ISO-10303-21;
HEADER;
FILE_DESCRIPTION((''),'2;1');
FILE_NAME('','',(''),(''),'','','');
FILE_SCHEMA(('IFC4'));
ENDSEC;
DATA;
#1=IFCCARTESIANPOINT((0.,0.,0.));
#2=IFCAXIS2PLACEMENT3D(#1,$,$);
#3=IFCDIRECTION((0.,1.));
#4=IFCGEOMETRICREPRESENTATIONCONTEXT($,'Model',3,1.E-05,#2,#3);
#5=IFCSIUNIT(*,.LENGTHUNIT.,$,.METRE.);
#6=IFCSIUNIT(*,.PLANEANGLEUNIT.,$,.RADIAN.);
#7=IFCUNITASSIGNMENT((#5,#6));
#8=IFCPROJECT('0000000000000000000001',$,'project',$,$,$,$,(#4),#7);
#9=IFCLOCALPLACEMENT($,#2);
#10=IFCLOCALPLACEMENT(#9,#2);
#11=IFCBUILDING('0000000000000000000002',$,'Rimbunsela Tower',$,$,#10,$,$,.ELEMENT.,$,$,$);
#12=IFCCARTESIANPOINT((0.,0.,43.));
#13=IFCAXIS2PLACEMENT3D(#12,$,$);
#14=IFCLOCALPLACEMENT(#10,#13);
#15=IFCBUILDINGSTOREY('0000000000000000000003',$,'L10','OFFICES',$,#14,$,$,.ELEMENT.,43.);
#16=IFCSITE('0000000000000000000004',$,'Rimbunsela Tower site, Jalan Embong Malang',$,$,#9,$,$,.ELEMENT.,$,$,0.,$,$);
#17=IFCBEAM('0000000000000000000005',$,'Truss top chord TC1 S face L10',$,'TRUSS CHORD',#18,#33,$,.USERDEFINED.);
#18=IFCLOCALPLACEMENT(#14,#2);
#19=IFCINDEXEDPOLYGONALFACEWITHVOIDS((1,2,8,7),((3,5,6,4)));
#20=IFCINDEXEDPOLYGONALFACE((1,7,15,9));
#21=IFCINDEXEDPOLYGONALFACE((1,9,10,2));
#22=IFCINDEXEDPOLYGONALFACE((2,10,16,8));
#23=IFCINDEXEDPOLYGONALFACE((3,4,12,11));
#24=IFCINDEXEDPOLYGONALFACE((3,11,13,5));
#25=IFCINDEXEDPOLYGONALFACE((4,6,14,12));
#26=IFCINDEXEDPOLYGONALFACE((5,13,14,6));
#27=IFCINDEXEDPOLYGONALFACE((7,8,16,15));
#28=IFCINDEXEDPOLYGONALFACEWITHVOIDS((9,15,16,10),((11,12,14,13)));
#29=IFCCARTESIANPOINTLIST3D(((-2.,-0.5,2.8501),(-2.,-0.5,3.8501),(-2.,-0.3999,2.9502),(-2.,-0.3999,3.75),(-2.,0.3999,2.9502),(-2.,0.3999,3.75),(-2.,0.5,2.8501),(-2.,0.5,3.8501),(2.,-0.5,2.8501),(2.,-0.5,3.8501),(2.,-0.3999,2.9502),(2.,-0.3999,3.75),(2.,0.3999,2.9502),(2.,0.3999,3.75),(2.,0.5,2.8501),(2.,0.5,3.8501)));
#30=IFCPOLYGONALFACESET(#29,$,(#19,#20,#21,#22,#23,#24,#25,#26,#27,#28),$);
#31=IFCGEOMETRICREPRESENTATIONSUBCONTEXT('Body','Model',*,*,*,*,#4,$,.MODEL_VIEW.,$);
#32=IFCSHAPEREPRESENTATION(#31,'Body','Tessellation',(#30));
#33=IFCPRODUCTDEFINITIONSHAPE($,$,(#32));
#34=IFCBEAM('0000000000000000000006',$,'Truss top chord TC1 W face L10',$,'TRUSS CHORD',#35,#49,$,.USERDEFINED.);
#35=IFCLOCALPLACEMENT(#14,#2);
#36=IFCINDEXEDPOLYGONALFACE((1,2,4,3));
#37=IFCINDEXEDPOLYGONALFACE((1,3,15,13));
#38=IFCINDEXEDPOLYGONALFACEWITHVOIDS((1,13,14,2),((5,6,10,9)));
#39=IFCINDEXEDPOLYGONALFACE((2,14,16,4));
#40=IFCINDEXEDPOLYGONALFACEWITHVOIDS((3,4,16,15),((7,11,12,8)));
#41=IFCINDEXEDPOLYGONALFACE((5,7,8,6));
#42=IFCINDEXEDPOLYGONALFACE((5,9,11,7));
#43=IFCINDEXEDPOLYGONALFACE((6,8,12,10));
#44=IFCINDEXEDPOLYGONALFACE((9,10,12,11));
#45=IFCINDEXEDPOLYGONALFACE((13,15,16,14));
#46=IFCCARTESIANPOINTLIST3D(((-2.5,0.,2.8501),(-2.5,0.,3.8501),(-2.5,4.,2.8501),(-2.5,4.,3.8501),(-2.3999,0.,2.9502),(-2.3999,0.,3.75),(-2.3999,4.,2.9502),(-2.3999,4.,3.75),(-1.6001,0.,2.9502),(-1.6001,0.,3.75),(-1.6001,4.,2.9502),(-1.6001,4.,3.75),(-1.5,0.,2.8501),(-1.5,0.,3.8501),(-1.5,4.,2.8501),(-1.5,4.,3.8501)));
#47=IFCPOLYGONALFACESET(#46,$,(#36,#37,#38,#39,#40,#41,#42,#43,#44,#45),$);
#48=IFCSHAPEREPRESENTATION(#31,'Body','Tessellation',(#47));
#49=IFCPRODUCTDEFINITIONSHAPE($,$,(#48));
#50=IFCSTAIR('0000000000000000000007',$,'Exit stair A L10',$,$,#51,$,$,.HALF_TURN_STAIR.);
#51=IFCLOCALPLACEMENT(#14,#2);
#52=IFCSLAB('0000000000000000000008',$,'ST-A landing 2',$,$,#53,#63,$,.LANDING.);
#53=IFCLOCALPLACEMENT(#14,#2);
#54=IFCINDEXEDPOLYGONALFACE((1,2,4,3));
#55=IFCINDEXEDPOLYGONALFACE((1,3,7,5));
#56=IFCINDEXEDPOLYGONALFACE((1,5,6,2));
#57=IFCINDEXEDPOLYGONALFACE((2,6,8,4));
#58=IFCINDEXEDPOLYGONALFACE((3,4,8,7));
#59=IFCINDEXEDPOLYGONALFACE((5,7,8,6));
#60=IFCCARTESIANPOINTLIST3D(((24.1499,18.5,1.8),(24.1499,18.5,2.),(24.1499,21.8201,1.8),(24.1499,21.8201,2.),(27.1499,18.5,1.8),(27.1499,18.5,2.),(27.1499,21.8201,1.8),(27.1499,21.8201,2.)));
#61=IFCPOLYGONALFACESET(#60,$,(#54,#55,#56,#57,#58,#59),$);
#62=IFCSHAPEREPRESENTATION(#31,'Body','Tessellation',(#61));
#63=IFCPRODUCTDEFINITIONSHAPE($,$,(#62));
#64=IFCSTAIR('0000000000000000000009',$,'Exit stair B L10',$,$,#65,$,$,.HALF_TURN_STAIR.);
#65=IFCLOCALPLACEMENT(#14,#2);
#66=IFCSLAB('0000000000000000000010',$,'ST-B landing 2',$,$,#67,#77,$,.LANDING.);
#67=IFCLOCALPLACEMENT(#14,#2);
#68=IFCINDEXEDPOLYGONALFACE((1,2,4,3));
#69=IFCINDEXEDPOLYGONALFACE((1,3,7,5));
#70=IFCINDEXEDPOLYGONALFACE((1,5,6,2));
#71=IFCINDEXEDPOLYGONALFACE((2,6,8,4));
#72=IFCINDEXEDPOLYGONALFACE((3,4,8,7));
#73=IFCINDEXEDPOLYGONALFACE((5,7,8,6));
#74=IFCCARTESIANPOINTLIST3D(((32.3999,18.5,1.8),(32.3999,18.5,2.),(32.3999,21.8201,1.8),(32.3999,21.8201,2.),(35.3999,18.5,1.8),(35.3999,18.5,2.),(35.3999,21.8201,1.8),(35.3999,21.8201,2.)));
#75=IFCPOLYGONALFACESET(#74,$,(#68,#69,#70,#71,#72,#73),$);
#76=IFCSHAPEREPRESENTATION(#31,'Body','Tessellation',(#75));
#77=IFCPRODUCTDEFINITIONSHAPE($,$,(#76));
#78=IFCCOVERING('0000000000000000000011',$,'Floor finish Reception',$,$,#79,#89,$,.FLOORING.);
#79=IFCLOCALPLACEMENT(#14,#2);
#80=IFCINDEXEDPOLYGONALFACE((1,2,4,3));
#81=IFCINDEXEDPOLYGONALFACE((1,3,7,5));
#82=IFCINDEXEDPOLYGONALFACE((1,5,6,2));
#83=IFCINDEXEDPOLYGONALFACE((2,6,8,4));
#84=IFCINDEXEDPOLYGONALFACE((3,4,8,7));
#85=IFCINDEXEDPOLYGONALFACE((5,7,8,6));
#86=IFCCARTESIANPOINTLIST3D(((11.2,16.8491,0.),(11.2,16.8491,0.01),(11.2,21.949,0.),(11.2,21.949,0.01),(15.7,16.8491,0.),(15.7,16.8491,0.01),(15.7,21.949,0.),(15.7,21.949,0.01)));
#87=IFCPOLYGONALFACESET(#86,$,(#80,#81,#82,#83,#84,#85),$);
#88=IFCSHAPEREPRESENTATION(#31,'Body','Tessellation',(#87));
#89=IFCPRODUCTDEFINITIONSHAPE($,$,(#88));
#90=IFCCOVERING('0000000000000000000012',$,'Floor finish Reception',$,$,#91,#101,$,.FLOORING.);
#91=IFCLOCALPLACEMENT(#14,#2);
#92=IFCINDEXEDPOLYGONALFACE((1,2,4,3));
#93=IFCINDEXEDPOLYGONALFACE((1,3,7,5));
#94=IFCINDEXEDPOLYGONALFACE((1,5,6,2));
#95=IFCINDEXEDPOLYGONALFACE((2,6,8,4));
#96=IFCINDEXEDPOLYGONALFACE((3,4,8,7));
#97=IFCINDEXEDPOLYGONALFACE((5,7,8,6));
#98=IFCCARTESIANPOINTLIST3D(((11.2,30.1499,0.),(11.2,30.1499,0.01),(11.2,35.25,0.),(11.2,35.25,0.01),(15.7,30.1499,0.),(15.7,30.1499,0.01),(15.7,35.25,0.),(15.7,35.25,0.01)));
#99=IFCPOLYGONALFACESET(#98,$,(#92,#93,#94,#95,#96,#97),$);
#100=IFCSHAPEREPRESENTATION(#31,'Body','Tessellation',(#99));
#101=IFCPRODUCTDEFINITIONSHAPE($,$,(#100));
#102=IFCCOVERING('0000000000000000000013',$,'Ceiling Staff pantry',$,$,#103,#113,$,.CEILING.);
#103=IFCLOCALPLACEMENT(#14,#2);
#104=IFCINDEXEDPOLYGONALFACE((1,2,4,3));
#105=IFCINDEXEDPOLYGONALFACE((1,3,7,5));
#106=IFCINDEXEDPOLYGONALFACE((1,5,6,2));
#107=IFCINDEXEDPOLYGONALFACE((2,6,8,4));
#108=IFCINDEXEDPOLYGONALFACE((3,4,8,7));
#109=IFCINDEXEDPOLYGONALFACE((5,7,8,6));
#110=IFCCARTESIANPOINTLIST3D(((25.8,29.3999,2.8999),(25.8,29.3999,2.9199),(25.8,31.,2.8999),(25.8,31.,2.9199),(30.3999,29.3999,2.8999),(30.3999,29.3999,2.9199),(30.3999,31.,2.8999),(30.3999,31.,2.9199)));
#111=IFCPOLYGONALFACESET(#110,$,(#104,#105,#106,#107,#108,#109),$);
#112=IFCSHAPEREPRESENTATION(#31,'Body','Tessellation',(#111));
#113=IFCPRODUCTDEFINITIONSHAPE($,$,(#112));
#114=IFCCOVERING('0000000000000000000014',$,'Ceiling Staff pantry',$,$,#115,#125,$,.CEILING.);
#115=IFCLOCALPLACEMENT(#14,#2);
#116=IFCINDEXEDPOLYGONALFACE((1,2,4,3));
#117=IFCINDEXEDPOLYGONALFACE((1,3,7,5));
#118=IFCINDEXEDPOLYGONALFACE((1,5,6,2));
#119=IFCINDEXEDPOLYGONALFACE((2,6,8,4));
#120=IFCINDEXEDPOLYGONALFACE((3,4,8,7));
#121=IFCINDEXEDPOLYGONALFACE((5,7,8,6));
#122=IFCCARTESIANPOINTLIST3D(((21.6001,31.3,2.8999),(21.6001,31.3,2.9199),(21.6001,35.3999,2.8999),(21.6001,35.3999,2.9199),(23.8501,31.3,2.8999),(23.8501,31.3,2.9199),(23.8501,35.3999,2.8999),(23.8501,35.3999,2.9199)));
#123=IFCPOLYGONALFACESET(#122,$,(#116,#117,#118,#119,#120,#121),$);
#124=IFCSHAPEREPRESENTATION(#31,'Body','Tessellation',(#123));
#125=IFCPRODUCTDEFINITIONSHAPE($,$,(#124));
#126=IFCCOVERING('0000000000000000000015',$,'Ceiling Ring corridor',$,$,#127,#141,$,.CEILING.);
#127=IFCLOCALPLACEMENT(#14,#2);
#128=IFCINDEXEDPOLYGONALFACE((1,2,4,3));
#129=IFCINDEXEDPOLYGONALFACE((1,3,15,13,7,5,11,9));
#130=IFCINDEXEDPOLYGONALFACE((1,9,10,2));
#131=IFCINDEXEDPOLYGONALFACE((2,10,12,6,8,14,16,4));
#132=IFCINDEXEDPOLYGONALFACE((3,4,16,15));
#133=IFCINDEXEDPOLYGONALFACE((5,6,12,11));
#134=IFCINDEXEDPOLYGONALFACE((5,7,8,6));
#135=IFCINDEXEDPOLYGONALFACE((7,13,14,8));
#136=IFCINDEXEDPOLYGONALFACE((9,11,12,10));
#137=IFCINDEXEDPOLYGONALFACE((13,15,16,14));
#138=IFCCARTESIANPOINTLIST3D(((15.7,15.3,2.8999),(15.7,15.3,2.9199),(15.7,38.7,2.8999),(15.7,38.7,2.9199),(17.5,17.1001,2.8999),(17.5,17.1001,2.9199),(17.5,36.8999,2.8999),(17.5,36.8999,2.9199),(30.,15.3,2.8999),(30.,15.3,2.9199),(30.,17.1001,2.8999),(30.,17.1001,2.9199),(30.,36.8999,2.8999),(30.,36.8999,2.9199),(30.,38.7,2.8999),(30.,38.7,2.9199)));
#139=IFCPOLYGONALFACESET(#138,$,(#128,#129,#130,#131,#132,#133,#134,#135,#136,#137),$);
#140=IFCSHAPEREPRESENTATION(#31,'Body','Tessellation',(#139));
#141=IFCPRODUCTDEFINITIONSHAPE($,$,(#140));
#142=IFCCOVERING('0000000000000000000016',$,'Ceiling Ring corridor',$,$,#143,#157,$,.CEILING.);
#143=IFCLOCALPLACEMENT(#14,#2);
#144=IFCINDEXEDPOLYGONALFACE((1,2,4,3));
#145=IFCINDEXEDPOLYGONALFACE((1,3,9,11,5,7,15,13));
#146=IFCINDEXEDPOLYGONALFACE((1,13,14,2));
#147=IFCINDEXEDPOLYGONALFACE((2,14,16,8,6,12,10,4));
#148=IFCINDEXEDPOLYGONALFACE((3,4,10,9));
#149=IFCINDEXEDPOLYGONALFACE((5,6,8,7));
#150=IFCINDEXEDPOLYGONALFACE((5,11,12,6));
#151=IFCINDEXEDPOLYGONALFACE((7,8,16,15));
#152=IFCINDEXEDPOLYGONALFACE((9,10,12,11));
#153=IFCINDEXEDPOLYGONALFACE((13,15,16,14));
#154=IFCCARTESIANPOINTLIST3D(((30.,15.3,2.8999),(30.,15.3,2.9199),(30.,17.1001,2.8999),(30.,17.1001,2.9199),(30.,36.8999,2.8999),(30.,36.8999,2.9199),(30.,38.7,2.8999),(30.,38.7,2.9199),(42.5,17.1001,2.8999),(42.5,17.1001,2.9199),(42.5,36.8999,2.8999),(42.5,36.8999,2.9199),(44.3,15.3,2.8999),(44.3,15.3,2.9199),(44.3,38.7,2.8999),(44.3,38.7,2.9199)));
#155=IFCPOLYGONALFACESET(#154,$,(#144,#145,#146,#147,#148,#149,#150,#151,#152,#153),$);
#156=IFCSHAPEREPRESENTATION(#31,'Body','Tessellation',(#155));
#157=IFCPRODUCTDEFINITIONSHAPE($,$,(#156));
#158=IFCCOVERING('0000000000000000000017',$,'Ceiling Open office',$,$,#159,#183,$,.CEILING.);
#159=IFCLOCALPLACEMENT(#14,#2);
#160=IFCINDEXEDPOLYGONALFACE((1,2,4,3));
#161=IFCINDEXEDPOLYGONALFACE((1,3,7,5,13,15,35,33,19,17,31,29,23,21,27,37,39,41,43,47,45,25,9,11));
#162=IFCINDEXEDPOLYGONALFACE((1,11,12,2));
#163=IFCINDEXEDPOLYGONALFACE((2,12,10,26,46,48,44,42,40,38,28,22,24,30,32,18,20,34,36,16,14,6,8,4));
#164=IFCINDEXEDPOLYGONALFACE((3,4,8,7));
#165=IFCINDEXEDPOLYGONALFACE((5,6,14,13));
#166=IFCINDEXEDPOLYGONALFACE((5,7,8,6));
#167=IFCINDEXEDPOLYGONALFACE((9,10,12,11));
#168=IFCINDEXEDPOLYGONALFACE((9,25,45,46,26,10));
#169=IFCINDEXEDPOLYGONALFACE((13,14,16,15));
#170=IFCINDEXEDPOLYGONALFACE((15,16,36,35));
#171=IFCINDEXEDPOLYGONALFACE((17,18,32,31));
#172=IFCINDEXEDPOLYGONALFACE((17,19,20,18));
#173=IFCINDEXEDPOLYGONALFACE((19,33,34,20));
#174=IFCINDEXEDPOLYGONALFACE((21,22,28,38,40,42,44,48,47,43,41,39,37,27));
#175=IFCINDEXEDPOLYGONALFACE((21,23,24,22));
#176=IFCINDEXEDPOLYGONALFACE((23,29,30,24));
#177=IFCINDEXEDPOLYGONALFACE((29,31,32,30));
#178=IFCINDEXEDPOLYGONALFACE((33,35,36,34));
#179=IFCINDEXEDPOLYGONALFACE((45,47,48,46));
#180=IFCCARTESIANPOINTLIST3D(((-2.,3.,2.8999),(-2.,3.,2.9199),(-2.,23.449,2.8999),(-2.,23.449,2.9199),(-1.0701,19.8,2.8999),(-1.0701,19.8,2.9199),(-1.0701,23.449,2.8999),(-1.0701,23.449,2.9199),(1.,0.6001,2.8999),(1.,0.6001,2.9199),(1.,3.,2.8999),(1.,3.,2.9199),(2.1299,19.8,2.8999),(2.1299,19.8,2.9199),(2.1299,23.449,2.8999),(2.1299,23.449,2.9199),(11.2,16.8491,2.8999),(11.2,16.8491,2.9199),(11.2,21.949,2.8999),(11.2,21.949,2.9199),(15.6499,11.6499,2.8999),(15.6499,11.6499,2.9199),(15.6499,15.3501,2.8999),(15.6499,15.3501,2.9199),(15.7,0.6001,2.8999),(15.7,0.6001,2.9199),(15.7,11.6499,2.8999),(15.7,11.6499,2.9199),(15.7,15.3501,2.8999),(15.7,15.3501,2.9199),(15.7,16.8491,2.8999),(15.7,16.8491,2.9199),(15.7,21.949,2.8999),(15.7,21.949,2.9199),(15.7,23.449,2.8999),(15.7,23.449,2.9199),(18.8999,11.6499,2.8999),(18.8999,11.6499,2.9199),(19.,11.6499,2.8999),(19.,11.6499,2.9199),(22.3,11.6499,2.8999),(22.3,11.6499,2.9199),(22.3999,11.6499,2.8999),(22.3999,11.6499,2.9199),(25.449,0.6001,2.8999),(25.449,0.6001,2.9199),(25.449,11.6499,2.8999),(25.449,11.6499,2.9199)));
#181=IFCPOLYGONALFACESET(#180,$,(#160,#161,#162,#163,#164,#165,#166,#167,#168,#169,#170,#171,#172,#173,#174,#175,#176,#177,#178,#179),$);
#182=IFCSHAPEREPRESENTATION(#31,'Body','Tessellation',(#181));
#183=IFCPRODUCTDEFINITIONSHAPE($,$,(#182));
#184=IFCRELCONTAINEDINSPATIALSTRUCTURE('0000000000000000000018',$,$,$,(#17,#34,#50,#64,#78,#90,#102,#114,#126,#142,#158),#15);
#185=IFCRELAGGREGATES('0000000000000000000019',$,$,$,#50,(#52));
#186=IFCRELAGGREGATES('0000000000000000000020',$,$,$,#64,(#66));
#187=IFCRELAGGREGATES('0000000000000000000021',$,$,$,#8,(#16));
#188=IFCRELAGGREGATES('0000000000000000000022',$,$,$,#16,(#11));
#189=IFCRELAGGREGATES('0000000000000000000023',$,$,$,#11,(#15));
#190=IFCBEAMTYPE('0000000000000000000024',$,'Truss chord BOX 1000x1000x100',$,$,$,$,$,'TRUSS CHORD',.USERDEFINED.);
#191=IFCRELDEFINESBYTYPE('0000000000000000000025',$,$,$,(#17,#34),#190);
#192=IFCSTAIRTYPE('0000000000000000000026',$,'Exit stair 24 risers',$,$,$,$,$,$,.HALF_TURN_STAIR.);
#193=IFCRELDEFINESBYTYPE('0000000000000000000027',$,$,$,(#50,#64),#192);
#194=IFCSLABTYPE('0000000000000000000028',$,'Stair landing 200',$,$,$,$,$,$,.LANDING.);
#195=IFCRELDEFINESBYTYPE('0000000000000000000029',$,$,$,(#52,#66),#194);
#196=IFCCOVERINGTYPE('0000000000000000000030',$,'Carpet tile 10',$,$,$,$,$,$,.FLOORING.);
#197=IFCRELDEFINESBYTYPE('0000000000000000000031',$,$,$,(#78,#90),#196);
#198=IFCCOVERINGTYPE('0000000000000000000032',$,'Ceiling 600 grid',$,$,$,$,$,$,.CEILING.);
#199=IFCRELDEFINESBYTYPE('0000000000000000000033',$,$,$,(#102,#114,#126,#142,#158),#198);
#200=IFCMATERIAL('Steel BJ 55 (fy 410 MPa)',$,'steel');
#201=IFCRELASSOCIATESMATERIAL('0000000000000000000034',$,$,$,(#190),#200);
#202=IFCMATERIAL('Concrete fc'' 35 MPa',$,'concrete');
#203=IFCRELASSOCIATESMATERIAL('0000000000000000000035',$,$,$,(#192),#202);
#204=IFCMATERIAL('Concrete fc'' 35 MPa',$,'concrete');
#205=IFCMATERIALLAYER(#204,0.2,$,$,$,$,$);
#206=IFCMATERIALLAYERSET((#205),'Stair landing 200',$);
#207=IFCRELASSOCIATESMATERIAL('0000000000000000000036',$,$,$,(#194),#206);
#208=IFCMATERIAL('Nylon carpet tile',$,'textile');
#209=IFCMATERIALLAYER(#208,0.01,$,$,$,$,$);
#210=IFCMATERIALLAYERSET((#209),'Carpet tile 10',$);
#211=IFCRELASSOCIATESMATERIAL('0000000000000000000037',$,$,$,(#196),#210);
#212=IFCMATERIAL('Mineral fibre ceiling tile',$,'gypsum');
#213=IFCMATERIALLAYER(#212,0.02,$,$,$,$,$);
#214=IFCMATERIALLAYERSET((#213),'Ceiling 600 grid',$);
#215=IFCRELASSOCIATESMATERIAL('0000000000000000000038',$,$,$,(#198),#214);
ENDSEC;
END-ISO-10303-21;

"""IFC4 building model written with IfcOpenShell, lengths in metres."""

from ifc_helpers import new_model, si_unit, direction, frame, origin, origin_2d, place, context, subcontext, project, spatial, polyline, hollow_rectangle, outline, extrude, material, layer, layer_set, material_profile, profile_set, type_object, element, aggregate, save


model = new_model("IFC4")

# Units and contexts
model_context = context("Model", 3, precision=1e-05, world=origin(), true_north=direction((0.0, 1.0)))
body_context = subcontext(model_context, "Body", "Model", "MODEL_VIEW")
ifc_project = project(units=[si_unit("LENGTHUNIT", "METRE"), si_unit("PLANEANGLEUNIT", "RADIAN")], contexts=[model_context])

# Site, building, storey
site_placement = place(None, origin())
site = spatial("IfcSite", under=ifc_project, at=site_placement, Name="Rimbunsela Tower site, Jalan Embong Malang", CompositionType="ELEMENT", RefElevation=0.0)
building_placement = place(site_placement, origin())
building = spatial("IfcBuilding", under=site, at=building_placement, Name="Rimbunsela Tower", CompositionType="ELEMENT")
storey_placement = place(building_placement, frame((0.0, 0.0, 43.0)))
storey = spatial("IfcBuildingStorey", under=building, at=storey_placement, Name="L10", Description="OFFICES", CompositionType="ELEMENT", Elevation=43.0)

# Beams
ifc_material_1 = material(Name="Steel BJ 55 (fy 410 MPa)", Category="steel")
ifc_material_profile = material_profile(ifc_material_1, hollow_rectangle(XDim=1.0, YDim=1.0, WallThickness=0.1001, at=origin_2d()), Name="BOX 1000x1000x100")
ifc_profile_set = profile_set([ifc_material_profile], Name="Steel BJ 55 (fy 410 MPa)")
beam_type = type_object("IfcBeamType", Name="Truss chord BOX 1000x1000x100", ElementType="TRUSS CHORD", PredefinedType="USERDEFINED", material=ifc_profile_set)
for number, where, z_axis, x_axis, name in (
    (1, (-2.0, 0.0, 3.3501), (1.0, 0.0, 0.0), (0.0, 1.0, 0.0), "Truss top chord TC1 S face L10"),
    (2, (-2.0, 0.0, 3.3501), (0.0, 1.0, 0.0), (-1.0, 0.0, 0.0), "Truss top chord TC1 W face L10"),
):
    element("IfcBeam", number, at=place(storey_placement, frame(where, z_axis=z_axis, x_axis=x_axis)), inside=storey, type_object=beam_type, Name=name, ObjectType="TRUSS CHORD", PredefinedType="USERDEFINED", context=body_context, shape_type="SweptSolid", body=[
        extrude(hollow_rectangle(XDim=1.0, YDim=1.0, WallThickness=0.1001, at=origin_2d()), origin(), (0.0, 0.0, 1.0), 4.0),
    ])

# Stairs, slabs
ifc_material_2 = material(Name="Concrete fc' 35 MPa", Category="concrete")
stair_type = type_object("IfcStairType", Name="Exit stair 24 risers", PredefinedType="HALF_TURN_STAIR", material=ifc_material_2)
stair_1_placement = place(storey_placement, origin())
stair_1 = element("IfcStair", 3, at=stair_1_placement, inside=storey, type_object=stair_type, Name="Exit stair A L10", PredefinedType="HALF_TURN_STAIR")
ifc_material_3 = material(Name="Concrete fc' 35 MPa", Category="concrete")
ifc_layer_1 = layer(ifc_material_3, 0.2)
ifc_layer_set_1 = layer_set([ifc_layer_1], Name="Stair landing 200")
slab_type = type_object("IfcSlabType", Name="Stair landing 200", PredefinedType="LANDING", material=ifc_layer_set_1)
slab_1_placement = place(storey_placement, frame((0.0, 0.0, 1.8)))
slab_1 = element("IfcSlab", 4, at=slab_1_placement, type_object=slab_type, Name="ST-A landing 2", PredefinedType="LANDING", context=body_context, shape_type="SweptSolid", body=[
    extrude(outline(polyline([(24.1499, 18.5), (27.1499, 18.5), (27.1499, 21.8201), (24.1499, 21.8201), (24.1499, 18.5)])), origin(), (0.0, 0.0, 1.0), 0.2),
])
aggregate(stair_1, [slab_1])
stair_2_placement = place(storey_placement, origin())
stair_2 = element("IfcStair", 5, at=stair_2_placement, inside=storey, type_object=stair_type, Name="Exit stair B L10", PredefinedType="HALF_TURN_STAIR")
slab_2_placement = place(storey_placement, frame((0.0, 0.0, 1.8)))
slab_2 = element("IfcSlab", 6, at=slab_2_placement, type_object=slab_type, Name="ST-B landing 2", PredefinedType="LANDING", context=body_context, shape_type="SweptSolid", body=[
    extrude(outline(polyline([(32.3999, 18.5), (35.3999, 18.5), (35.3999, 21.8201), (32.3999, 21.8201), (32.3999, 18.5)])), origin(), (0.0, 0.0, 1.0), 0.2),
])
aggregate(stair_2, [slab_2])

# Coverings
ifc_material_4 = material(Name="Nylon carpet tile", Category="textile")
ifc_layer_2 = layer(ifc_material_4, 0.01)
ifc_layer_set_2 = layer_set([ifc_layer_2], Name="Carpet tile 10")
covering_type_1 = type_object("IfcCoveringType", Name="Carpet tile 10", PredefinedType="FLOORING", material=ifc_layer_set_2)
covering_1_placement = place(storey_placement, origin())
element("IfcCovering", 7, at=covering_1_placement, inside=storey, type_object=covering_type_1, Name="Floor finish Reception", PredefinedType="FLOORING", context=body_context, shape_type="SweptSolid", body=[
    extrude(outline(polyline([(15.7, 16.8491), (15.7, 21.949), (11.2, 21.949), (11.2, 16.8491), (15.7, 16.8491)])), origin(), (0.0, 0.0, 1.0), 0.01),
])
covering_2_placement = place(storey_placement, origin())
element("IfcCovering", 8, at=covering_2_placement, inside=storey, type_object=covering_type_1, Name="Floor finish Reception", PredefinedType="FLOORING", context=body_context, shape_type="SweptSolid", body=[
    extrude(outline(polyline([(15.7, 30.1499), (15.7, 35.25), (11.2, 35.25), (11.2, 30.1499), (15.7, 30.1499)])), origin(), (0.0, 0.0, 1.0), 0.01),
])
ifc_material_5 = material(Name="Mineral fibre ceiling tile", Category="gypsum")
ifc_layer_3 = layer(ifc_material_5, 0.02)
ifc_layer_set_3 = layer_set([ifc_layer_3], Name="Ceiling 600 grid")
covering_type_2 = type_object("IfcCoveringType", Name="Ceiling 600 grid", PredefinedType="CEILING", material=ifc_layer_set_3)
covering_3_placement = place(storey_placement, frame((0.0, 0.0, 2.8999)))
element("IfcCovering", 9, at=covering_3_placement, inside=storey, type_object=covering_type_2, Name="Ceiling Staff pantry", PredefinedType="CEILING", context=body_context, shape_type="SweptSolid", body=[
    extrude(outline(polyline([(30.3999, 29.3999), (30.3999, 31.0), (25.8, 31.0), (25.8, 29.3999), (30.3999, 29.3999)])), origin(), (0.0, 0.0, 1.0), 0.02),
])
covering_4_placement = place(storey_placement, frame((0.0, 0.0, 2.8999)))
element("IfcCovering", 10, at=covering_4_placement, inside=storey, type_object=covering_type_2, Name="Ceiling Staff pantry", PredefinedType="CEILING", context=body_context, shape_type="SweptSolid", body=[
    extrude(outline(polyline([(23.8501, 31.3), (23.8501, 35.3999), (21.6001, 35.3999), (21.6001, 31.3), (23.8501, 31.3)])), origin(), (0.0, 0.0, 1.0), 0.02),
])
covering_5_placement = place(storey_placement, frame((0.0, 0.0, 2.8999)))
element("IfcCovering", 11, at=covering_5_placement, inside=storey, type_object=covering_type_2, Name="Ceiling Ring corridor", PredefinedType="CEILING", context=body_context, shape_type="SweptSolid", body=[
    extrude(outline(polyline([(15.7, 38.7), (30.0, 38.7), (30.0, 36.8999), (17.5, 36.8999), (17.5, 17.1001), (30.0, 17.1001), (30.0, 15.3), (15.7, 15.3), (15.7, 38.7)])), origin(), (0.0, 0.0, 1.0), 0.02),
])
covering_6_placement = place(storey_placement, frame((0.0, 0.0, 2.8999)))
element("IfcCovering", 12, at=covering_6_placement, inside=storey, type_object=covering_type_2, Name="Ceiling Ring corridor", PredefinedType="CEILING", context=body_context, shape_type="SweptSolid", body=[
    extrude(outline(polyline([(44.3, 38.7), (44.3, 15.3), (30.0, 15.3), (30.0, 17.1001), (42.5, 17.1001), (42.5, 36.8999), (30.0, 36.8999), (30.0, 38.7), (44.3, 38.7)])), origin(), (0.0, 0.0, 1.0), 0.02),
])
covering_7_placement = place(storey_placement, frame((0.0, 0.0, 2.8999)))
element("IfcCovering", 13, at=covering_7_placement, inside=storey, type_object=covering_type_2, Name="Ceiling Open office", PredefinedType="CEILING", context=body_context, shape_type="SweptSolid", body=[
    extrude(outline(polyline([(19.0, 11.6499), (22.3, 11.6499), (22.3999, 11.6499), (25.449, 11.6499), (25.449, 0.6001), (15.7, 0.6001), (1.0, 0.6001), (1.0, 3.0), (-2.0, 3.0), (-2.0, 23.449), (-1.0701, 23.449), (-1.0701, 19.8), (2.1299, 19.8), (2.1299, 23.449), (15.7, 23.449), (15.7, 21.949), (11.2, 21.949), (11.2, 16.8491), (15.7, 16.8491), (15.7, 15.3501), (15.6499, 15.3501), (15.6499, 11.6499), (15.7, 11.6499), (18.8999, 11.6499), (19.0, 11.6499)])), origin(), (0.0, 0.0, 1.0), 0.02),
])

save(model, "model.ifc")
